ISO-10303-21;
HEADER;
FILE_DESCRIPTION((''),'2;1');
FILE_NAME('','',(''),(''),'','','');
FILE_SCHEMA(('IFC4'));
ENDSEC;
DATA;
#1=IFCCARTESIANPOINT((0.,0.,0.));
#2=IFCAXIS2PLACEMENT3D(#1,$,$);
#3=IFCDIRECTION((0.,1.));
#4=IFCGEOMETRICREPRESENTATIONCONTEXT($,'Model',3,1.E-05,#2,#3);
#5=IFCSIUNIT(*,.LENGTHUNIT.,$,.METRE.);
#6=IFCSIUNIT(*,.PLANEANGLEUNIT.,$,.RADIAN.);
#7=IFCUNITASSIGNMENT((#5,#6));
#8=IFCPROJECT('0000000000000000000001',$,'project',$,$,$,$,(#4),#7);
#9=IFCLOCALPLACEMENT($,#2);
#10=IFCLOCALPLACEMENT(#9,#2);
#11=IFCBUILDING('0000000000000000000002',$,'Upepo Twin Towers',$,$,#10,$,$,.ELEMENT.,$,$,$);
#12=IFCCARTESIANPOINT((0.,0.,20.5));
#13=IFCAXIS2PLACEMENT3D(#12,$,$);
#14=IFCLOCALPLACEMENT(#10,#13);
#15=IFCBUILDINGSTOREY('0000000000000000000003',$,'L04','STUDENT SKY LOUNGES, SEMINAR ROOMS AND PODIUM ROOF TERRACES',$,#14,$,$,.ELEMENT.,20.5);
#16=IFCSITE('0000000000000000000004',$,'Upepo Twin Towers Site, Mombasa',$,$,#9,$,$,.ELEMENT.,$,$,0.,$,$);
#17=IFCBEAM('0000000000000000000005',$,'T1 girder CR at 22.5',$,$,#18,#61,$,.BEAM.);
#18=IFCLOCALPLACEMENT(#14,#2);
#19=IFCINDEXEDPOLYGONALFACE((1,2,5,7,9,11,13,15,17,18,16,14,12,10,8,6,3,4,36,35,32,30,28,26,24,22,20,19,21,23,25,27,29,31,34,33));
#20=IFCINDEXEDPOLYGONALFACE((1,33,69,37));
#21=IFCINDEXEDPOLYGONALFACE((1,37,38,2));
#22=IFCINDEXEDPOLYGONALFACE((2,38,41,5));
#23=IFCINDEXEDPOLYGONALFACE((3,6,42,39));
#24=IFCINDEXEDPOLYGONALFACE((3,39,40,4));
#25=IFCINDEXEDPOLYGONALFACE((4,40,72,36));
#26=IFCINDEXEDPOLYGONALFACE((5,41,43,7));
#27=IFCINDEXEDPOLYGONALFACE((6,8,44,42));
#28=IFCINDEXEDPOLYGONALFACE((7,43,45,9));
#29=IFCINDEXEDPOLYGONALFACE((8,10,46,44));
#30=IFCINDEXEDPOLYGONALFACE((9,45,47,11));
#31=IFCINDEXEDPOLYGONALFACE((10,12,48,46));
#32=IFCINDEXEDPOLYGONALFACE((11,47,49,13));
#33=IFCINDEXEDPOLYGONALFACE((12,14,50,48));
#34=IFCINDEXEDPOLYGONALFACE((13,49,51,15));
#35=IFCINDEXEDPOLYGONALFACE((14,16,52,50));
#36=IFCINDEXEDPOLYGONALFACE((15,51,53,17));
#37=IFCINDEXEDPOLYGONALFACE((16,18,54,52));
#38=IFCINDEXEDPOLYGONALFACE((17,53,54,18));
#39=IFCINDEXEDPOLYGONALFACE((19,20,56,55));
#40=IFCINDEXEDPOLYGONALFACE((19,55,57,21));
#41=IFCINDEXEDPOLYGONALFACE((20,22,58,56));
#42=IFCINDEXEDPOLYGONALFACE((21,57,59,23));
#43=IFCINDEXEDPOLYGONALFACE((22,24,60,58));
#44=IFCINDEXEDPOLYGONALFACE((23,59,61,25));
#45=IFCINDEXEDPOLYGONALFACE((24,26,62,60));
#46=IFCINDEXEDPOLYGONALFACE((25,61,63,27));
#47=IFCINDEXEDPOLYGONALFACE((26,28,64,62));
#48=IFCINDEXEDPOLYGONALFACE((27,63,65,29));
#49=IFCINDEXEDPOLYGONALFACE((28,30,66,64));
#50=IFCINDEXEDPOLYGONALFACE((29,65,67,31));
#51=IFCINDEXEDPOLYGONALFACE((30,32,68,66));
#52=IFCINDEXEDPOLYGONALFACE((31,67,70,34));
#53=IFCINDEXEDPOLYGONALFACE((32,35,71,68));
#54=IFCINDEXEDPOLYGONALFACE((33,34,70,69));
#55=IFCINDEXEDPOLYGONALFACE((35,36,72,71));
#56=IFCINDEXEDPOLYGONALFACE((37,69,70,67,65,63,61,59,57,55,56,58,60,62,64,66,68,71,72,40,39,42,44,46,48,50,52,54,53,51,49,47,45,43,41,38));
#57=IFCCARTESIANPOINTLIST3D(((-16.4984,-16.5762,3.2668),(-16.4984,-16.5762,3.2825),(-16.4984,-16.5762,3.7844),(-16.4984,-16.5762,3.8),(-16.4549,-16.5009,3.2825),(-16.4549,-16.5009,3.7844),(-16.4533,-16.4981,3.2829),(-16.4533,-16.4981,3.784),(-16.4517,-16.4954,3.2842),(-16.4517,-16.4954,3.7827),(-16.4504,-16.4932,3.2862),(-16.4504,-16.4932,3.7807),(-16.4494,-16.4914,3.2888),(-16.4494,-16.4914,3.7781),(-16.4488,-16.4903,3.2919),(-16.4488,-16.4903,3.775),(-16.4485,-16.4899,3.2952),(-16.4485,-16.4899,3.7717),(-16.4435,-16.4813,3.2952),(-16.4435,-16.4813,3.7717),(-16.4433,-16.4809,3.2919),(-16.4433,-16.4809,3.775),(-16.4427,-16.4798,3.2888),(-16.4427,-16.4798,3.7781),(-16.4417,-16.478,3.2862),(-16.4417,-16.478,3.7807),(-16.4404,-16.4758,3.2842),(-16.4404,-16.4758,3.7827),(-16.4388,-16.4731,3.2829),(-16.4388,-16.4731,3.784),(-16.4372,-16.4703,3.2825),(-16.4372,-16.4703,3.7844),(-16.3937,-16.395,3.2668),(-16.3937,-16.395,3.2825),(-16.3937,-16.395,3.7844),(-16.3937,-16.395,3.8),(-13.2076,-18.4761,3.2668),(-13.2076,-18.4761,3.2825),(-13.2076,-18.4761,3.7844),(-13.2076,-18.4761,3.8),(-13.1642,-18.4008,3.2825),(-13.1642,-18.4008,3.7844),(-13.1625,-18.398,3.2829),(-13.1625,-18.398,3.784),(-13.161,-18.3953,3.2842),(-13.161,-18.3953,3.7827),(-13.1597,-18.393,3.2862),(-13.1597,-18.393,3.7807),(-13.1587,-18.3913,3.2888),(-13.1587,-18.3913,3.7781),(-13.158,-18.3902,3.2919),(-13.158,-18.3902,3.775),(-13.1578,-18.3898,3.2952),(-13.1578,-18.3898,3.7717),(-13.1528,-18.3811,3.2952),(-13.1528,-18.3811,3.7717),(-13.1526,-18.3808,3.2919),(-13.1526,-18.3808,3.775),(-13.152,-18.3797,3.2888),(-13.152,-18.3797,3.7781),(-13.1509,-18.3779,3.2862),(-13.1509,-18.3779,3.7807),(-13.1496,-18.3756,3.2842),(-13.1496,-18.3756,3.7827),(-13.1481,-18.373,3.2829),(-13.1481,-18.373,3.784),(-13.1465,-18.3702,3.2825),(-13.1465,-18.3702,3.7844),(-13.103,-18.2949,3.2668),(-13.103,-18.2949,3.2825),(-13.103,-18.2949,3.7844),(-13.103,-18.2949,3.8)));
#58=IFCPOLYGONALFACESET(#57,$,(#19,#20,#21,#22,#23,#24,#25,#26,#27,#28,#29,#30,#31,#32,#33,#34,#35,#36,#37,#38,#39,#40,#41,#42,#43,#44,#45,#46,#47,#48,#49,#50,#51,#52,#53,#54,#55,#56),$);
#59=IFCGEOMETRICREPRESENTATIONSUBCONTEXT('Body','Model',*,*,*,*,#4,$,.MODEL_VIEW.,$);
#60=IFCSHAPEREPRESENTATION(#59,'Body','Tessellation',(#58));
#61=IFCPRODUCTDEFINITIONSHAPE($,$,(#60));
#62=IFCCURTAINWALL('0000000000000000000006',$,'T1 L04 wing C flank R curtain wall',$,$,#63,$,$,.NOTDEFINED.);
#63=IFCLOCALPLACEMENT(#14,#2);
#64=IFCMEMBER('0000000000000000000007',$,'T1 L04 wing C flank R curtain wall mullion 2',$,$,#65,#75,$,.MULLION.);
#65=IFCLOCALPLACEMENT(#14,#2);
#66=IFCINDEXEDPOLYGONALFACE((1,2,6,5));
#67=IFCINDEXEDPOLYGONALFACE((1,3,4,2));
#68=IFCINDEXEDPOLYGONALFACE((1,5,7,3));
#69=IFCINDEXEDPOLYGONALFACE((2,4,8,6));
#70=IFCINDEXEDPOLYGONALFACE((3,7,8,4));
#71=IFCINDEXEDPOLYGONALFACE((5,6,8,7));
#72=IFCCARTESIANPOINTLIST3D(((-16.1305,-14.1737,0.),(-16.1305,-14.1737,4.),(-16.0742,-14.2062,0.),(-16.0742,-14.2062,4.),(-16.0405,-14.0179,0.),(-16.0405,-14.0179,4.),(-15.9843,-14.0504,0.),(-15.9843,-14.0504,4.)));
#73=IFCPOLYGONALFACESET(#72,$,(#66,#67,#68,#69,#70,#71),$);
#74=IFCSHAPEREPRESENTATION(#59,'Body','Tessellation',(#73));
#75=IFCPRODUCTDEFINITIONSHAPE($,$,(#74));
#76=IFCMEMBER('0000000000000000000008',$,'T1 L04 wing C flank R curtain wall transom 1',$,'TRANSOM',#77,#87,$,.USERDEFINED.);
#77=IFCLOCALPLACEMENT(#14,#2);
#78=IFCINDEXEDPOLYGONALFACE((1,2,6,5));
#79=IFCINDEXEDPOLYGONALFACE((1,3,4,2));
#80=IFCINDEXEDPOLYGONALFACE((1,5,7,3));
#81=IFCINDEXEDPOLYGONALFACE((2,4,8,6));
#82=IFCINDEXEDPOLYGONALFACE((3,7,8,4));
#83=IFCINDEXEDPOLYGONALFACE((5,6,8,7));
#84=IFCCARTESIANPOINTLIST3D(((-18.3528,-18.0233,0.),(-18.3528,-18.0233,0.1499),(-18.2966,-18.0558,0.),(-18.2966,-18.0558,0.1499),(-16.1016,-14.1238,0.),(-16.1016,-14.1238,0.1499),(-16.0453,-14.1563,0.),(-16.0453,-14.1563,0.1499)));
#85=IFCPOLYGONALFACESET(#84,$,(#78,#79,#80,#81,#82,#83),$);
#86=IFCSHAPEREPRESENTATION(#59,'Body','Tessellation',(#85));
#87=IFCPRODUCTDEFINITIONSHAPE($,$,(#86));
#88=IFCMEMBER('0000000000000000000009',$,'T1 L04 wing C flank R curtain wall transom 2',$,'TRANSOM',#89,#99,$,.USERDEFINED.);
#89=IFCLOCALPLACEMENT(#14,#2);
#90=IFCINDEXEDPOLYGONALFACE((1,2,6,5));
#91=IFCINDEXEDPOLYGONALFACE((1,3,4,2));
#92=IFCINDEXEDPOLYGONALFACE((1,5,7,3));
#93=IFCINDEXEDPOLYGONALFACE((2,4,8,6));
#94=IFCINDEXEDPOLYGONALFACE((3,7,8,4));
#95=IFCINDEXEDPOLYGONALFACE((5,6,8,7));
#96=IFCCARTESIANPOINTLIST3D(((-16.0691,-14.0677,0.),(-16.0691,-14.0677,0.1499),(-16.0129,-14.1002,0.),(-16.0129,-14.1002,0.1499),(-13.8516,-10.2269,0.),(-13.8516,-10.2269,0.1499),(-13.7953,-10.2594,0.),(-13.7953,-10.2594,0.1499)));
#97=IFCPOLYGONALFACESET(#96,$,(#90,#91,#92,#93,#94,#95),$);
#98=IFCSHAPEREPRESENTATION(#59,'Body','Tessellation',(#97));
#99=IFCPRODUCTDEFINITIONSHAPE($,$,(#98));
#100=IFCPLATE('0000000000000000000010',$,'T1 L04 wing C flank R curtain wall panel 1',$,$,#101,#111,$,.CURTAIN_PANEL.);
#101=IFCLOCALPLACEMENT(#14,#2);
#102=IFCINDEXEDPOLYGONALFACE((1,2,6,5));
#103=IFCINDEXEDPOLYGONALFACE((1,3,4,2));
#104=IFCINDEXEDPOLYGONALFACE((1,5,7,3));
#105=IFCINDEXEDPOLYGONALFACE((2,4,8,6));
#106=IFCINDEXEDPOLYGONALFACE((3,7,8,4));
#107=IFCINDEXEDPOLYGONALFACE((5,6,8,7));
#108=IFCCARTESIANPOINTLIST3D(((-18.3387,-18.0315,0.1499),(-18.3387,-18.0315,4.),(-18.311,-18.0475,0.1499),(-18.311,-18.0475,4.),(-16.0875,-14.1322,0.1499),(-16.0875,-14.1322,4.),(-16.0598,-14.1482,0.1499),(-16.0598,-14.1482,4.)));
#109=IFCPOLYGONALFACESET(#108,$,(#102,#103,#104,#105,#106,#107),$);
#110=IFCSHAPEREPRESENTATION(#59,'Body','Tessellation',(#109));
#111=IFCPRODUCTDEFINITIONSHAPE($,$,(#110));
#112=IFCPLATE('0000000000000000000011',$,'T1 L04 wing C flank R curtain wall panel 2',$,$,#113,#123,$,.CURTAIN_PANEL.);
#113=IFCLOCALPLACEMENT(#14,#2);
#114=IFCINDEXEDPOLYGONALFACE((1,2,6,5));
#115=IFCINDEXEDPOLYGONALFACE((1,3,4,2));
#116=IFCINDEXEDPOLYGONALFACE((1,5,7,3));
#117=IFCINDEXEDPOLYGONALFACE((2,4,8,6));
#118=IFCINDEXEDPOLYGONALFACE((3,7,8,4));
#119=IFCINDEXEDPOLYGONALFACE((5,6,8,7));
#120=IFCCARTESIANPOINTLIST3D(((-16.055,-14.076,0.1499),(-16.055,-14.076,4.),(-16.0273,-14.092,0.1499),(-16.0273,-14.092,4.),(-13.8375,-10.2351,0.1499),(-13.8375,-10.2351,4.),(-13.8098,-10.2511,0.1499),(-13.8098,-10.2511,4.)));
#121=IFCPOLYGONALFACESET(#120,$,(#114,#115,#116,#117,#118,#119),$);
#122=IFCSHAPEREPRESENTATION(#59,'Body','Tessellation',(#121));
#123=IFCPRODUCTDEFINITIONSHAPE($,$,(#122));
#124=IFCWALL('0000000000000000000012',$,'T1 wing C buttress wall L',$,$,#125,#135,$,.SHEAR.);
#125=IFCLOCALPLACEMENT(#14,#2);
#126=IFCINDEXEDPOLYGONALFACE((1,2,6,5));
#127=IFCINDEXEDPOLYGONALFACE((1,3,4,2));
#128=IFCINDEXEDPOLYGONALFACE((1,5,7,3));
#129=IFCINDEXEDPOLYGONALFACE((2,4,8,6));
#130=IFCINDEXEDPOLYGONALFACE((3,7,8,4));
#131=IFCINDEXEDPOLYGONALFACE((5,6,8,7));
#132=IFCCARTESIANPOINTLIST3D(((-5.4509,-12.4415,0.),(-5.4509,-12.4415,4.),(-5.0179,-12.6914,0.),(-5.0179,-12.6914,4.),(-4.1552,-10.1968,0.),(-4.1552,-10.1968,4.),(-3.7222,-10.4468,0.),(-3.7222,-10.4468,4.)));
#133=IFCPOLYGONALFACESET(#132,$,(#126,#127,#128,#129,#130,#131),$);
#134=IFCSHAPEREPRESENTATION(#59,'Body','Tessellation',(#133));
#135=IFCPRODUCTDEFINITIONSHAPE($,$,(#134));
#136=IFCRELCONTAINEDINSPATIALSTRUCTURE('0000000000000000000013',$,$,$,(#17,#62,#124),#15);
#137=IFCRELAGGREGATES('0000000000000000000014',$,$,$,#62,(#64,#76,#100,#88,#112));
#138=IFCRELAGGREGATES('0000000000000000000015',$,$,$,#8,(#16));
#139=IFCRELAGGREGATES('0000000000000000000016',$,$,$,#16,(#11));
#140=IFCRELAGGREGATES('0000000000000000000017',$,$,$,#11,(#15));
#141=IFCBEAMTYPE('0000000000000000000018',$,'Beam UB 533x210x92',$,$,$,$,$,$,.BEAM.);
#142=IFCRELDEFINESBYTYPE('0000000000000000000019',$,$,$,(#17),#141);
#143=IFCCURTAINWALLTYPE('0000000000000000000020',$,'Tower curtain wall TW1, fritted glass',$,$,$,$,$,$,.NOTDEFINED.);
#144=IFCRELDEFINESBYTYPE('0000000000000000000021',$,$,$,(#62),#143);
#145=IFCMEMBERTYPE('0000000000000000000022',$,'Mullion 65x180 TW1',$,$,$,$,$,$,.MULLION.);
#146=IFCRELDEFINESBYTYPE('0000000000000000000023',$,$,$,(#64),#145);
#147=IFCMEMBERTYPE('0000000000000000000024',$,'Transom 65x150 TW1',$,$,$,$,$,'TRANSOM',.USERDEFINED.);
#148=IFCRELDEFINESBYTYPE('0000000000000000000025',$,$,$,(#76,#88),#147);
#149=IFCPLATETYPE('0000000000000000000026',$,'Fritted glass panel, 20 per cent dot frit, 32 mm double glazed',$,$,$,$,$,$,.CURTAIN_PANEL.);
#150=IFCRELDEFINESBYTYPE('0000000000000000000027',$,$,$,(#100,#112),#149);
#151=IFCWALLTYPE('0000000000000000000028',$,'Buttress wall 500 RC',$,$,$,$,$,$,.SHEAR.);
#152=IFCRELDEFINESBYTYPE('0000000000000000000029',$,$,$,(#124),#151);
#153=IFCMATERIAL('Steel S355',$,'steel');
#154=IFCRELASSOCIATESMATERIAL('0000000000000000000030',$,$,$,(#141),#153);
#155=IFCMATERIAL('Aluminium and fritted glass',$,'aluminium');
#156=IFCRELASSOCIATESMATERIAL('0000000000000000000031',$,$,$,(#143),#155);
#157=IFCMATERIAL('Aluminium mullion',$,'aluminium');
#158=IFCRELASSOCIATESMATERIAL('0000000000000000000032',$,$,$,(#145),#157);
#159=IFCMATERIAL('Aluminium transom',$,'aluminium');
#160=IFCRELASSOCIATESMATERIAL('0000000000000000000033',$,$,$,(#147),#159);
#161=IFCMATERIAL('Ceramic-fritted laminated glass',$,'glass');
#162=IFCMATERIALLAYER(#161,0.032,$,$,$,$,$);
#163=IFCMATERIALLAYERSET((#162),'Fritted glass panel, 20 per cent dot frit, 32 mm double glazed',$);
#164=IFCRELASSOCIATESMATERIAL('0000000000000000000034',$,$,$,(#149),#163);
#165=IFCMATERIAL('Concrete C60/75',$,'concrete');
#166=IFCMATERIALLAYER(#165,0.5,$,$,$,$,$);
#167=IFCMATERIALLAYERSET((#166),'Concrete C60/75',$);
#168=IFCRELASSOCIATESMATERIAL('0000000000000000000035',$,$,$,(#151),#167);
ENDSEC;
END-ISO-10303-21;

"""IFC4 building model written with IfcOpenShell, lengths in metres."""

from ifc_helpers import new_model, si_unit, direction, frame, frame_2d, origin, origin_2d, place, context, subcontext, project, spatial, rectangle, i_section, extrude, material, layer, layer_set, material_profile, profile_set, type_object, element, aggregate, save


model = new_model("IFC4")

# Units and contexts
model_context = context("Model", 3, precision=1e-05, world=origin(), true_north=direction((0.0, 1.0)))
body_context = subcontext(model_context, "Body", "Model", "MODEL_VIEW")
ifc_project = project(units=[si_unit("LENGTHUNIT", "METRE"), si_unit("PLANEANGLEUNIT", "RADIAN")], contexts=[model_context])

# Site, building, storey
site_placement = place(None, origin())
site = spatial("IfcSite", under=ifc_project, at=site_placement, Name="Upepo Twin Towers Site, Mombasa", CompositionType="ELEMENT", RefElevation=0.0)
building_placement = place(site_placement, origin())
building = spatial("IfcBuilding", under=site, at=building_placement, Name="Upepo Twin Towers", CompositionType="ELEMENT")
storey_placement = place(building_placement, frame((0.0, 0.0, 20.5)))
storey = spatial("IfcBuildingStorey", under=building, at=storey_placement, Name="L04", Description="STUDENT SKY LOUNGES, SEMINAR ROOMS AND PODIUM ROOF TERRACES", CompositionType="ELEMENT", Elevation=20.5)

# Beam
ifc_material_1 = material(Name="Steel S355", Category="steel")
ifc_material_profile_1 = material_profile(ifc_material_1, i_section(OverallWidth=0.2092, OverallDepth=0.5332, WebThickness=0.01, FlangeThickness=0.0156, FilletRadius=0.0127, at=origin_2d()), Name="UB 533x210x92")
ifc_profile_set_1 = profile_set([ifc_material_profile_1], Name="Steel S355")
beam_type_1 = type_object("IfcBeamType", Name="Beam UB 533x210x92", PredefinedType="BEAM", material=ifc_profile_set_1)
beam_1_placement = place(storey_placement, frame((-16.446, -16.4856, 3.5334), z_axis=(0.866028, -0.499995, 0.0), x_axis=(0.499995, 0.866028, 0.0)))
element("IfcBeam", 1, at=beam_1_placement, inside=storey, type_object=beam_type_1, Name="T1 girder CR at 22.5", PredefinedType="BEAM", context=body_context, shape_type="SweptSolid", body=[
    extrude(i_section(OverallWidth=0.2092, OverallDepth=0.5332, WebThickness=0.01, FlangeThickness=0.0156, FilletRadius=0.0127, at=origin_2d()), origin(), (0.0, 0.0, 1.0), 3.7998),
])

# Curtain wall, members, plates
ifc_material_2 = material(Name="Aluminium and fritted glass", Category="aluminium")
curtain_wall_type = type_object("IfcCurtainWallType", Name="Tower curtain wall TW1, fritted glass", PredefinedType="NOTDEFINED", material=ifc_material_2)
curtain_wall_placement = place(storey_placement, origin())
curtain_wall = element("IfcCurtainWall", 2, at=curtain_wall_placement, inside=storey, type_object=curtain_wall_type, Name="T1 L04 wing C flank R curtain wall", PredefinedType="NOTDEFINED")
ifc_material_3 = material(Name="Aluminium mullion", Category="aluminium")
ifc_material_profile_2 = material_profile(ifc_material_3, rectangle(XDim=0.0649, YDim=0.1799, at=origin_2d()), Name="MULLION 65x180")
ifc_profile_set_2 = profile_set([ifc_material_profile_2], Name="Aluminium mullion")
member_type_1 = type_object("IfcMemberType", Name="Mullion 65x180 TW1", PredefinedType="MULLION", material=ifc_profile_set_2)
member_1_placement = place(storey_placement, frame((-16.0574, -14.1121, 0.0), z_axis=(0.0, 0.0, 1.0), x_axis=(-0.866025, 0.5, 0.0)))
member_1 = element("IfcMember", 3, at=member_1_placement, type_object=member_type_1, Name="T1 L04 wing C flank R curtain wall mullion 2", PredefinedType="MULLION", context=body_context, shape_type="SweptSolid", body=[
    extrude(rectangle(XDim=0.0649, YDim=0.1799, at=origin_2d()), origin(), (0.0, 0.0, 1.0), 4.0),
])
ifc_material_4 = material(Name="Aluminium transom", Category="aluminium")
ifc_material_profile_3 = material_profile(ifc_material_4, rectangle(XDim=0.0649, YDim=0.1499, at=origin_2d()), Name="TRANSOM 65x150")
ifc_profile_set_3 = profile_set([ifc_material_profile_3], Name="Aluminium transom")
member_type_2 = type_object("IfcMemberType", Name="Transom 65x150 TW1", ElementType="TRANSOM", PredefinedType="USERDEFINED", material=ifc_profile_set_3)
member_2_placement = place(storey_placement, frame((-18.3247, -18.0396, 0.075), z_axis=(0.499982, 0.866036, 0.0), x_axis=(-0.866036, 0.499982, 0.0)))
member_2 = element("IfcMember", 4, at=member_2_placement, type_object=member_type_2, Name="T1 L04 wing C flank R curtain wall transom 1", ObjectType="TRANSOM", PredefinedType="USERDEFINED", context=body_context, shape_type="SweptSolid", body=[
    extrude(rectangle(XDim=0.0649, YDim=0.1499, at=origin_2d()), origin(), (0.0, 0.0, 1.0), 4.5027),
])
member_3_placement = place(storey_placement, frame((-16.041, -14.084, 0.075), z_axis=(0.500005, 0.866022, 0.0), x_axis=(-0.866022, 0.500005, 0.0)))
member_3 = element("IfcMember", 5, at=member_3_placement, type_object=member_type_2, Name="T1 L04 wing C flank R curtain wall transom 2", ObjectType="TRANSOM", PredefinedType="USERDEFINED", context=body_context, shape_type="SweptSolid", body=[
    extrude(rectangle(XDim=0.0649, YDim=0.1499, at=origin_2d()), origin(), (0.0, 0.0, 1.0), 4.4351),
])
ifc_material_5 = material(Name="Ceramic-fritted laminated glass", Category="glass")
ifc_layer_1 = layer(ifc_material_5, 0.032)
ifc_layer_set_1 = layer_set([ifc_layer_1], Name="Fritted glass panel, 20 per cent dot frit, 32 mm double glazed")
plate_type = type_object("IfcPlateType", Name="Fritted glass panel, 20 per cent dot frit, 32 mm double glazed", PredefinedType="CURTAIN_PANEL", material=ifc_layer_set_1)
plate_1_placement = place(storey_placement, frame((-17.1992, -16.0898, 0.1499), z_axis=(0.0, 0.0, 1.0), x_axis=(0.5, 0.866025, 0.0)))
plate_1 = element("IfcPlate", 6, at=plate_1_placement, type_object=plate_type, Name="T1 L04 wing C flank R curtain wall panel 1", PredefinedType="CURTAIN_PANEL", context=body_context, shape_type="SweptSolid", body=[
    extrude(rectangle(XDim=4.5024, YDim=0.032, at=origin_2d()), origin(), (0.0, 0.0, 1.0), 3.8501),
])
plate_2_placement = place(storey_placement, frame((-14.9324, -12.1636, 0.1499), z_axis=(0.0, 0.0, 1.0), x_axis=(0.5, 0.866025, 0.0)))
plate_2 = element("IfcPlate", 7, at=plate_2_placement, type_object=plate_type, Name="T1 L04 wing C flank R curtain wall panel 2", PredefinedType="CURTAIN_PANEL", context=body_context, shape_type="SweptSolid", body=[
    extrude(rectangle(XDim=4.4351, YDim=0.032, at=origin_2d()), origin(), (0.0, 0.0, 1.0), 3.8501),
])
aggregate(curtain_wall, [member_1, member_2, plate_1, member_3, plate_2])

# Wall
ifc_material_6 = material(Name="Concrete C60/75", Category="concrete")
ifc_layer_2 = layer(ifc_material_6, 0.5)
ifc_layer_set_2 = layer_set([ifc_layer_2], Name="Concrete C60/75")
wall_type_1 = type_object("IfcWallType", Name="Buttress wall 500 RC", PredefinedType="SHEAR", material=ifc_layer_set_2)
wall_1_placement = place(storey_placement, frame((-3.9387, -10.3218, 0.0), z_axis=(0.0, 0.0, 1.0), x_axis=(-0.499918, -0.866073, 0.0)))
element("IfcWall", 8, at=wall_1_placement, inside=storey, type_object=wall_type_1, Name="T1 wing C buttress wall L", PredefinedType="SHEAR", context=body_context, shape_type="SweptSolid", body=[
    extrude(rectangle(XDim=2.5918, YDim=0.5, at=frame_2d((1.2959, 0.0))), origin(), (0.0, 0.0, 1.0), 4.0),
])

save(model, "model.ifc")
